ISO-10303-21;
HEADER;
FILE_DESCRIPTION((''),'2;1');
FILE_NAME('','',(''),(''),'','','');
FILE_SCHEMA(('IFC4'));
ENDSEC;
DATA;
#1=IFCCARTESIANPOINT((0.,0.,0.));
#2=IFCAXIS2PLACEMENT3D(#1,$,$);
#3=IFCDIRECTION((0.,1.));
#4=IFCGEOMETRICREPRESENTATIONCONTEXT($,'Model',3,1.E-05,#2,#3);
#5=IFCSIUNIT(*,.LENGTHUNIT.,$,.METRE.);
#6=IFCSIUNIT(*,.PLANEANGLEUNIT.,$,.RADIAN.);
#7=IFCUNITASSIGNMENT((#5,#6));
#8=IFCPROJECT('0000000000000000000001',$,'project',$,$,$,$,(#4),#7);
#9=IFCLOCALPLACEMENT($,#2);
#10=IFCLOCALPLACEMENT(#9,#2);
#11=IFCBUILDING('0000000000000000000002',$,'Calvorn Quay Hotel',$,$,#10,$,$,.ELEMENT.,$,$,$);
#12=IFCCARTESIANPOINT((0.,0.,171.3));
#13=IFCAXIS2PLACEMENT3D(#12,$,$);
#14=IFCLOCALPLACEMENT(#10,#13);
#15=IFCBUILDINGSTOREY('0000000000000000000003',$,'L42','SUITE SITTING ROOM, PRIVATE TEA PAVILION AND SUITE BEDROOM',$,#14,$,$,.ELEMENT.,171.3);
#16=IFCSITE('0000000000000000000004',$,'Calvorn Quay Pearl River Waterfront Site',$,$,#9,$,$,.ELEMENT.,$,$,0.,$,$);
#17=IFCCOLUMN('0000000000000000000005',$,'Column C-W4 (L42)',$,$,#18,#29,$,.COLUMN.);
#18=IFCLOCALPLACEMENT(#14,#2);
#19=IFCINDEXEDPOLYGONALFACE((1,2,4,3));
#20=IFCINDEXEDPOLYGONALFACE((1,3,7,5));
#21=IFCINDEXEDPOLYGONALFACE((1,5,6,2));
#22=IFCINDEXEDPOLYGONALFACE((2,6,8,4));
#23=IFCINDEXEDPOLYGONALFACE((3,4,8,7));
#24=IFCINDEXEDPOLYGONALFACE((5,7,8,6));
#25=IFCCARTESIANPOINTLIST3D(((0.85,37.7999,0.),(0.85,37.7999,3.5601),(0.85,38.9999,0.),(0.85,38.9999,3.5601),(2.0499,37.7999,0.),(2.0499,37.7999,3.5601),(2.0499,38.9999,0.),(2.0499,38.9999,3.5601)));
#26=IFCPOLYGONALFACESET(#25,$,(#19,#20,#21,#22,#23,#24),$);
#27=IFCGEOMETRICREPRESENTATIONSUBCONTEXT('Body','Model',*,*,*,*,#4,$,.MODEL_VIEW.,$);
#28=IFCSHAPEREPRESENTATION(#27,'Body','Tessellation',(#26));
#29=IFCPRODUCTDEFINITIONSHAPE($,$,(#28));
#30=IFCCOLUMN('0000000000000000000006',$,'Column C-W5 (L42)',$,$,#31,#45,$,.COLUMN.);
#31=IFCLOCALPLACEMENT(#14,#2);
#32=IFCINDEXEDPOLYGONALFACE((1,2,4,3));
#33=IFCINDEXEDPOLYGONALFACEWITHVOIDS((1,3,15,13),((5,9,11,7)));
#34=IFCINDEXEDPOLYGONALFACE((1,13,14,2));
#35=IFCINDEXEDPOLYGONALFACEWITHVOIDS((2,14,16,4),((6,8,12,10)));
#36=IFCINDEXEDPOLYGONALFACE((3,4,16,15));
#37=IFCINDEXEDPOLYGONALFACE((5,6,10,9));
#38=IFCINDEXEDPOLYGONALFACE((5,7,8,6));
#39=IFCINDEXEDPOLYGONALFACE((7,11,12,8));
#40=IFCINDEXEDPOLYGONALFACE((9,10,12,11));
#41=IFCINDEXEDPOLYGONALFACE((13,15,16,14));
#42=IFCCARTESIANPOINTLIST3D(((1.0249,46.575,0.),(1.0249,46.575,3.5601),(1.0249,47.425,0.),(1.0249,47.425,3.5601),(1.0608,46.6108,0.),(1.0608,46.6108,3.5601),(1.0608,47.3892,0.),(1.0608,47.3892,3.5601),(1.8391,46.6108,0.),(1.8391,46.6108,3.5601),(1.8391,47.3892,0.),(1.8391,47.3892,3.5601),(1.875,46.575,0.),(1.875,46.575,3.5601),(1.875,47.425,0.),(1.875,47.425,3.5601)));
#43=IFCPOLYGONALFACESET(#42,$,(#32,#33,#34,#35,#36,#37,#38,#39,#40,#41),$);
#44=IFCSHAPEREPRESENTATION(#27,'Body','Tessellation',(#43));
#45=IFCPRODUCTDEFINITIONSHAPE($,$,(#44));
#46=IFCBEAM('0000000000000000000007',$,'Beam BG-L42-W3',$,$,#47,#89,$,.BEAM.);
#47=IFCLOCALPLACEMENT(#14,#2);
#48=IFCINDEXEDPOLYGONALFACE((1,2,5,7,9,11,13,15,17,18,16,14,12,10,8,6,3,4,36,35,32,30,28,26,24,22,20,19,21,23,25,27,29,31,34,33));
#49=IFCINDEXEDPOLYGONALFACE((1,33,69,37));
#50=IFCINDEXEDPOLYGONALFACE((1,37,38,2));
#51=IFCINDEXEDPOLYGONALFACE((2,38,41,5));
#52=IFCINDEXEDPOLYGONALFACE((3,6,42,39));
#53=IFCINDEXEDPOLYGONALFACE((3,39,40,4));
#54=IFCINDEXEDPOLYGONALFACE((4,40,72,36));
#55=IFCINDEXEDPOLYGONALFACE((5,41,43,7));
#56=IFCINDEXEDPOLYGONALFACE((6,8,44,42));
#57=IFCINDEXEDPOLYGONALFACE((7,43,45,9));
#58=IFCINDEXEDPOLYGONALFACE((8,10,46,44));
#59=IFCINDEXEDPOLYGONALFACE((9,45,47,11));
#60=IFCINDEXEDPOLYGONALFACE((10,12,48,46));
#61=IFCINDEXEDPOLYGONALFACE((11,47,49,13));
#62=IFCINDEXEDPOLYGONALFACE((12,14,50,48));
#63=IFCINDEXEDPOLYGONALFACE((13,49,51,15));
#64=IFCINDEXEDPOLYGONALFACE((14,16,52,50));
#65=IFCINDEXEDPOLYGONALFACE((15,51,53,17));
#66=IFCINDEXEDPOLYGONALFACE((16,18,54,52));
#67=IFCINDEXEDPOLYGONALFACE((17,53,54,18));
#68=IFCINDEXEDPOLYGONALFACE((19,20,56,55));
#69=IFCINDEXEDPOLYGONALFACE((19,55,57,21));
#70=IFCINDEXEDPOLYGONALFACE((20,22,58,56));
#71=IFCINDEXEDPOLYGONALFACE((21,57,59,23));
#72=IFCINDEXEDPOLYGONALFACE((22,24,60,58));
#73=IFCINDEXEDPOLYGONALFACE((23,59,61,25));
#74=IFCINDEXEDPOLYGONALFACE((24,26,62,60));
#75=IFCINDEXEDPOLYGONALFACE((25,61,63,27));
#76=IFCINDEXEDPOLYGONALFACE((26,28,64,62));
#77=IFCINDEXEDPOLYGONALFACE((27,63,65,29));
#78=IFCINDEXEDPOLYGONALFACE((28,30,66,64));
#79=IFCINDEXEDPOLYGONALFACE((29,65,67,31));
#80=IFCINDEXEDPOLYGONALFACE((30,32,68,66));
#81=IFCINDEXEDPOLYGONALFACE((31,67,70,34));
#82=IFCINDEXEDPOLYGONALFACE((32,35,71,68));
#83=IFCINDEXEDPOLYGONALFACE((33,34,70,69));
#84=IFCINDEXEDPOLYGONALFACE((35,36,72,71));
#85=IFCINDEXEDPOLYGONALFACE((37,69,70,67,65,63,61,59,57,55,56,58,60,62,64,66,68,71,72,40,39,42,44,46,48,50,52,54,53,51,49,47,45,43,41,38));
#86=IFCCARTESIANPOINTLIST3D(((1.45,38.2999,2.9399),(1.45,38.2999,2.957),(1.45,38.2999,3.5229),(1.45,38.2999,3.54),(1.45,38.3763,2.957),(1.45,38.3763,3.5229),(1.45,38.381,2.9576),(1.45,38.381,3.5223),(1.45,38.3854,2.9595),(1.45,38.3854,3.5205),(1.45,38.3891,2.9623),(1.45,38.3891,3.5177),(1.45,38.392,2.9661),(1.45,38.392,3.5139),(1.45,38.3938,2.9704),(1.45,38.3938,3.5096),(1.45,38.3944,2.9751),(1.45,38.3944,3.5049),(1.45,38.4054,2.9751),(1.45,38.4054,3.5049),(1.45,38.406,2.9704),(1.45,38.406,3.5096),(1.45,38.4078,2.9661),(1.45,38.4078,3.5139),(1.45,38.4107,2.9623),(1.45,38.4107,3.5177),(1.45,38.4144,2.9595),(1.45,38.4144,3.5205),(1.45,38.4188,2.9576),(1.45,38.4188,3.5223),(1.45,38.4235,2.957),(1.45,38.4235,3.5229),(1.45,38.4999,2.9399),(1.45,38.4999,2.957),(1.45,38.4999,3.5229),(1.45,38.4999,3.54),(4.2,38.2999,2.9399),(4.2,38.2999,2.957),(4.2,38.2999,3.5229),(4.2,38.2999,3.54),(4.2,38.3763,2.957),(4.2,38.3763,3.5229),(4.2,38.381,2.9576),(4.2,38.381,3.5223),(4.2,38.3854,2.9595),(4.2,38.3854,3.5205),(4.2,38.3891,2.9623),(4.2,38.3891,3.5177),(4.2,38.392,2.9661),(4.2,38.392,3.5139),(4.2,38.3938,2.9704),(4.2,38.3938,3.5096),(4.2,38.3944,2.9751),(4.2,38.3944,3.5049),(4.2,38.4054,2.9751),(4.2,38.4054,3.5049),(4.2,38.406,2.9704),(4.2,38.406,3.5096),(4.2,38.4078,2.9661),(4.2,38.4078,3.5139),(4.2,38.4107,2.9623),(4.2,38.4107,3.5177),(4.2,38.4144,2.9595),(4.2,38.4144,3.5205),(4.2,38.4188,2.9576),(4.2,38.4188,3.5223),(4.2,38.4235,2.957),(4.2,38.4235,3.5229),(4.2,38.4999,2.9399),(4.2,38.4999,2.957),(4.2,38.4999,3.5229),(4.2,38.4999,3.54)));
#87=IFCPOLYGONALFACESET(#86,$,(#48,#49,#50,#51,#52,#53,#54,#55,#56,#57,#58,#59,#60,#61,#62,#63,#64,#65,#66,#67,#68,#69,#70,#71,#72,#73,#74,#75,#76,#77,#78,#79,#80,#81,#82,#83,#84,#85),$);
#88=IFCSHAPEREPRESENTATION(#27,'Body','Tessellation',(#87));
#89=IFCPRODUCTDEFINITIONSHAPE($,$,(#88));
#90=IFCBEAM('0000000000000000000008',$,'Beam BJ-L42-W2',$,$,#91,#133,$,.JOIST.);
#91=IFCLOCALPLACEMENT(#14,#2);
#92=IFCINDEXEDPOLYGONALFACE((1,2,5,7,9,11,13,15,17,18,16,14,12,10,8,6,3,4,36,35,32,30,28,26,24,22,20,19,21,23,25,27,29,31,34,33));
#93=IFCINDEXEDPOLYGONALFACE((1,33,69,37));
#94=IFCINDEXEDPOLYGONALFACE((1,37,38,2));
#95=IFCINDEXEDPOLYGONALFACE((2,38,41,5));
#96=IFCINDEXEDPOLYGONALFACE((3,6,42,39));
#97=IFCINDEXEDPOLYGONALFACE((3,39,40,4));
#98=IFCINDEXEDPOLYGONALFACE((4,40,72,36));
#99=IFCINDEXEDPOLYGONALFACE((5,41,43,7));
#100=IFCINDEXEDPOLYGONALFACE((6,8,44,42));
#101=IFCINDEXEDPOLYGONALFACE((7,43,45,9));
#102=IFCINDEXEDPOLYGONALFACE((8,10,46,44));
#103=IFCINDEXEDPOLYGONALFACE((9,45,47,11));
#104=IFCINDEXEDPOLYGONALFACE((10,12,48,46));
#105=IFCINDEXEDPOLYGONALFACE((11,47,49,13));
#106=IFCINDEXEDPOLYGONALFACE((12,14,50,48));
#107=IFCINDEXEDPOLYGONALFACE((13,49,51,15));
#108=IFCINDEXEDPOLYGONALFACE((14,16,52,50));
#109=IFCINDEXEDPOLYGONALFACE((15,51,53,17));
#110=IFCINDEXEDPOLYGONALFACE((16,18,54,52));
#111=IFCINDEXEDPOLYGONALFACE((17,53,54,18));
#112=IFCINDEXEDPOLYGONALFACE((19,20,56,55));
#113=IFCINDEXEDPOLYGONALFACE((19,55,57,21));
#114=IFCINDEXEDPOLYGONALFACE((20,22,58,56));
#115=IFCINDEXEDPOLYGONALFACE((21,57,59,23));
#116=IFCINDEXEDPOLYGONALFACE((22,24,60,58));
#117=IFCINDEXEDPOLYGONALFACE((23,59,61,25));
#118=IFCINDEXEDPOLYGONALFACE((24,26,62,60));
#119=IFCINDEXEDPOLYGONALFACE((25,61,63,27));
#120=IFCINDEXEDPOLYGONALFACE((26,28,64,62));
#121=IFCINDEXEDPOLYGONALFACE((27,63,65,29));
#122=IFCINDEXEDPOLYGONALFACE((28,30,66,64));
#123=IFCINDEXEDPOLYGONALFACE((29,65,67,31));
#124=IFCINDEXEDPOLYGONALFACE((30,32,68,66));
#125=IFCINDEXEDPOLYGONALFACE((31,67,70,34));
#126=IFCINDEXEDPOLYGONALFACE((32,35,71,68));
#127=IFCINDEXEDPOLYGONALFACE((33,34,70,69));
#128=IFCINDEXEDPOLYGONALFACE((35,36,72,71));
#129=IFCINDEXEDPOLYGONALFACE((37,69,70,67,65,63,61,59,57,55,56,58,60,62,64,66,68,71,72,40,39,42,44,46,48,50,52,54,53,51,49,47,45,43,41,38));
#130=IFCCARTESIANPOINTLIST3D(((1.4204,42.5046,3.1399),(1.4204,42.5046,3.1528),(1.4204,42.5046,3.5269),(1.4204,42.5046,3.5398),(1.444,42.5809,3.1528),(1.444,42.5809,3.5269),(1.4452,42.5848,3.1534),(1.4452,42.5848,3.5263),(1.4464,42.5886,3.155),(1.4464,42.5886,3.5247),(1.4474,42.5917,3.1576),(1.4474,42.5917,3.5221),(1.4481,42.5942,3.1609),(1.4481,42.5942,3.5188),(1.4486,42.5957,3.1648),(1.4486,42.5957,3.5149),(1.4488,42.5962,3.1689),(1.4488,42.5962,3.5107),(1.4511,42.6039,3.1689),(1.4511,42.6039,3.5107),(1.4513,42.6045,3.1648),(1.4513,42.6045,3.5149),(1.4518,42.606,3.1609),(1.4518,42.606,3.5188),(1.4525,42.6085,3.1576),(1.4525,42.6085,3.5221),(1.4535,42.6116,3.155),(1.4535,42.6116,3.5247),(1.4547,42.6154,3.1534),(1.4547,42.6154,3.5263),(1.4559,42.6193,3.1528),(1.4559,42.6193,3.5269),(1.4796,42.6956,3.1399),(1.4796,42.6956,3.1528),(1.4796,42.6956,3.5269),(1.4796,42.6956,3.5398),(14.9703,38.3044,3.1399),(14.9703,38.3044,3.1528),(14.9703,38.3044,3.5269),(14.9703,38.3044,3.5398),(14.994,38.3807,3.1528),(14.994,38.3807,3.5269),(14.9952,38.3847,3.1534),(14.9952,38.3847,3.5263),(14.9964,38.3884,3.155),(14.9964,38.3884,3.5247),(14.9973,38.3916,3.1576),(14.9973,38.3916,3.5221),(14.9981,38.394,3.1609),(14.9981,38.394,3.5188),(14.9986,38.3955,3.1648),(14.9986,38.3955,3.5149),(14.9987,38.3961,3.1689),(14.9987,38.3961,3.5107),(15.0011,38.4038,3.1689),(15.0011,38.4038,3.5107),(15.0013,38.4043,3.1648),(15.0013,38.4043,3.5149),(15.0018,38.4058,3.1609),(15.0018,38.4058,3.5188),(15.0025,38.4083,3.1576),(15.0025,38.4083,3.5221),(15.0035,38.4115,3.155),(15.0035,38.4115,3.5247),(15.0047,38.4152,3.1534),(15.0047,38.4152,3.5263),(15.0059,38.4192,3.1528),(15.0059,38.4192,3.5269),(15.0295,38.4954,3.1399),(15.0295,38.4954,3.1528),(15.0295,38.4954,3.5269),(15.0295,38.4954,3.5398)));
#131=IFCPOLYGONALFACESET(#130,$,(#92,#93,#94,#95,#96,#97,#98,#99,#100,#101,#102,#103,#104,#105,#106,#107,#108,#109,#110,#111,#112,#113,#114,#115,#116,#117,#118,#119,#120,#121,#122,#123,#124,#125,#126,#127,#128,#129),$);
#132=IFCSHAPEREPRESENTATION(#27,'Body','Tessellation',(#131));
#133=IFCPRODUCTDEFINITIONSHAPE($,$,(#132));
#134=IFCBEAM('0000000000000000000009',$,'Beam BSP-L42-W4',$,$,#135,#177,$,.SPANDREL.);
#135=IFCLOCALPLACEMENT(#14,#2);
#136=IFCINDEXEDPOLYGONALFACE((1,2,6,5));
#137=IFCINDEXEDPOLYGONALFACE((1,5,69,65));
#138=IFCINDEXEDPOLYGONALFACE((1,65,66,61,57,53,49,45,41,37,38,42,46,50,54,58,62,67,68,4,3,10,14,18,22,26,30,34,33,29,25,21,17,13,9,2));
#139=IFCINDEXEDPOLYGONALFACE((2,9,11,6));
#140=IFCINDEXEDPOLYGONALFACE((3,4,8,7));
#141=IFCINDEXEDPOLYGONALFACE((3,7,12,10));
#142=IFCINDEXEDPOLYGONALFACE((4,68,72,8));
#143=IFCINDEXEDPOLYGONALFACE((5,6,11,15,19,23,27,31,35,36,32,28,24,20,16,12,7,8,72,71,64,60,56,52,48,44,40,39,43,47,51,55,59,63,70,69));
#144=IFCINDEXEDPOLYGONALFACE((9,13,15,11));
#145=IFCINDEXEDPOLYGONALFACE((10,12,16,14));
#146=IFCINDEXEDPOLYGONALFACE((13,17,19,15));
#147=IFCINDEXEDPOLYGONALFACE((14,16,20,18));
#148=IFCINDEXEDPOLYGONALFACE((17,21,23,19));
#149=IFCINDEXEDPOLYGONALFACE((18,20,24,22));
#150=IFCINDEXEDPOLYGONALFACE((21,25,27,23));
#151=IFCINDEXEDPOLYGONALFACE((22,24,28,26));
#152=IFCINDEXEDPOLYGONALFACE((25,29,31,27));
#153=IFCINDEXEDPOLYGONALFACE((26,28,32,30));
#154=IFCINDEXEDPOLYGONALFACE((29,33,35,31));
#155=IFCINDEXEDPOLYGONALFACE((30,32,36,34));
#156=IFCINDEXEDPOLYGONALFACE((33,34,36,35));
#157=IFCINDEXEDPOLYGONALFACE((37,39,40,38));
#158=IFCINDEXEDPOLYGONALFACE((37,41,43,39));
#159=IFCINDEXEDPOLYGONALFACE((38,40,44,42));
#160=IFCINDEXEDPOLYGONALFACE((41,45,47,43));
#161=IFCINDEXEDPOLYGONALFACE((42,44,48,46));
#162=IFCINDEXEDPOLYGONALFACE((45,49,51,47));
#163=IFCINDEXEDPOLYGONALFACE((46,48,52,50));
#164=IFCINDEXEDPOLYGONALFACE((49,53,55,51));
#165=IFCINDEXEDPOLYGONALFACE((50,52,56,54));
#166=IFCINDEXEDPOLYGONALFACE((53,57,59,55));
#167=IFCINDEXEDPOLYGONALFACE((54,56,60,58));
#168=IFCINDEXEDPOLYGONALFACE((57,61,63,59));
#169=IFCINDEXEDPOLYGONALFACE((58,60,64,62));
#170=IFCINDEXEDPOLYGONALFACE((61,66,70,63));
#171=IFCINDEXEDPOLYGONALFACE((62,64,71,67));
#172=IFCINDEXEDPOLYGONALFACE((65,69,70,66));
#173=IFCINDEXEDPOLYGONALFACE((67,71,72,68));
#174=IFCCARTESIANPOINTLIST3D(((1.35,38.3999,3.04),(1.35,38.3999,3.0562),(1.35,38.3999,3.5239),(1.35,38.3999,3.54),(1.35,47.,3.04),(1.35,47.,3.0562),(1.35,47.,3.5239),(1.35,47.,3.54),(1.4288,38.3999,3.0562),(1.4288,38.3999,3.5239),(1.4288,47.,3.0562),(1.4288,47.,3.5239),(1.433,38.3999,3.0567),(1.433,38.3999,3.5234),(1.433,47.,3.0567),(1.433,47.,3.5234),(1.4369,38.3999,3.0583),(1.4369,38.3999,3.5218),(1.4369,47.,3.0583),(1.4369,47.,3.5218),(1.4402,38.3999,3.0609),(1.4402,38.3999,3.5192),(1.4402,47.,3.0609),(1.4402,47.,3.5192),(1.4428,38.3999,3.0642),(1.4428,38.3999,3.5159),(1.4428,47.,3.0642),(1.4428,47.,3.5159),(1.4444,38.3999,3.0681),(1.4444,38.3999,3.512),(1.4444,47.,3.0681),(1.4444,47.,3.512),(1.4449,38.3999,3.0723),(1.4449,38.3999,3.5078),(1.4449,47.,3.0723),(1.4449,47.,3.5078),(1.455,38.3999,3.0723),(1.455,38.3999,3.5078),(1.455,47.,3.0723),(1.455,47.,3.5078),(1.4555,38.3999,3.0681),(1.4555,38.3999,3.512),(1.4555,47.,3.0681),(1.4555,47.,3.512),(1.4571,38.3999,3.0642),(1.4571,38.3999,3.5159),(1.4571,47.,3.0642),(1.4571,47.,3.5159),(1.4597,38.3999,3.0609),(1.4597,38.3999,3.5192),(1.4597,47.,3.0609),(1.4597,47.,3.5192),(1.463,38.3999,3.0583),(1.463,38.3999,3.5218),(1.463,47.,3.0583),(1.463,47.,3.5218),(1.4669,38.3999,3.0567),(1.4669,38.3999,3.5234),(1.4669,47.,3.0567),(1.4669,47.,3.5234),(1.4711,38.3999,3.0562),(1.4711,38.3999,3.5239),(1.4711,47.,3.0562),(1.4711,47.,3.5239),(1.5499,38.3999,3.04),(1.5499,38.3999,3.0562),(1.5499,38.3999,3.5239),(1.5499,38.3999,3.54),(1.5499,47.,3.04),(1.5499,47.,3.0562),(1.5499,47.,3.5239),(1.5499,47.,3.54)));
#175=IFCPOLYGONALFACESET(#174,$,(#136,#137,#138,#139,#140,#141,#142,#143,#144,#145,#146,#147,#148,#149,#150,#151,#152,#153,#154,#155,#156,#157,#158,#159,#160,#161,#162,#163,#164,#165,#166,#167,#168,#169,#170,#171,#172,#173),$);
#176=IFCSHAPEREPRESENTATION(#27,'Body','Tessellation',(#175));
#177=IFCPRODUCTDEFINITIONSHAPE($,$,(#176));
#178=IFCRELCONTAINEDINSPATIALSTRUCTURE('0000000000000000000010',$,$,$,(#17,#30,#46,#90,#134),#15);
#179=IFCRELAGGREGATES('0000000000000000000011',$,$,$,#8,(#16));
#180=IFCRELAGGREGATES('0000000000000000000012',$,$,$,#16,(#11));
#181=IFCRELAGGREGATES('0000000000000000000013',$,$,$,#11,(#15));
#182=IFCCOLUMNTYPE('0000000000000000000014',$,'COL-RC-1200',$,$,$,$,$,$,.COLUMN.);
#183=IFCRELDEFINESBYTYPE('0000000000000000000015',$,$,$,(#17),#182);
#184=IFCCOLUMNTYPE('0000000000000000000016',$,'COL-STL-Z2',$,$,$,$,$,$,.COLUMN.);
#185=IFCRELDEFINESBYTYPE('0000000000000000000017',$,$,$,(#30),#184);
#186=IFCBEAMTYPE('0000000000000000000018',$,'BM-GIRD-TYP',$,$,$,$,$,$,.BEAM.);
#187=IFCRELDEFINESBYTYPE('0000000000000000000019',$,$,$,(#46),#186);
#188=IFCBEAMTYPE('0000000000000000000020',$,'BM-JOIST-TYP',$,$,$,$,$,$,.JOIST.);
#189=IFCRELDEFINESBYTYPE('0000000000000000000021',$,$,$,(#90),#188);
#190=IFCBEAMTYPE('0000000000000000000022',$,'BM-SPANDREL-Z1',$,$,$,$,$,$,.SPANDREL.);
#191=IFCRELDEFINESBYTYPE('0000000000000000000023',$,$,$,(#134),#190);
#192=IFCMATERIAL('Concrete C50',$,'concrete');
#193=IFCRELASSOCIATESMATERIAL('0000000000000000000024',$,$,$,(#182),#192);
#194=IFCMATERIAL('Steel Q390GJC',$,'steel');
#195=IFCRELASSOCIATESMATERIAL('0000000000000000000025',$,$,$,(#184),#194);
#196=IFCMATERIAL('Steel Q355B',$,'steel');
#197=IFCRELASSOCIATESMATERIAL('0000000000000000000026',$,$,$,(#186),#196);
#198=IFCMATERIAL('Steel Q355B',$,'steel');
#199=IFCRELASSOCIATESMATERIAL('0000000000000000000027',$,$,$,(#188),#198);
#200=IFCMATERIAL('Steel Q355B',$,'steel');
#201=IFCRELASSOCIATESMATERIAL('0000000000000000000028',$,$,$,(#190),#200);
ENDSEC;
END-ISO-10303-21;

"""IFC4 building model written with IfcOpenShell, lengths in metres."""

from ifc_helpers import new_model, si_unit, direction, frame, origin, origin_2d, place, context, subcontext, project, spatial, rectangle, hollow_rectangle, i_section, extrude, material, material_profile, profile_set, type_object, element, save


model = new_model("IFC4")

# Units and contexts
model_context = context("Model", 3, precision=1e-05, world=origin(), true_north=direction((0.0, 1.0)))
body_context = subcontext(model_context, "Body", "Model", "MODEL_VIEW")
ifc_project = project(units=[si_unit("LENGTHUNIT", "METRE"), si_unit("PLANEANGLEUNIT", "RADIAN")], contexts=[model_context])

# Site, building, storey
site_placement = place(None, origin())
site = spatial("IfcSite", under=ifc_project, at=site_placement, Name="Calvorn Quay Pearl River Waterfront Site", CompositionType="ELEMENT", RefElevation=0.0)
building_placement = place(site_placement, origin())
building = spatial("IfcBuilding", under=site, at=building_placement, Name="Calvorn Quay Hotel", CompositionType="ELEMENT")
storey_placement = place(building_placement, frame((0.0, 0.0, 171.3)))
storey = spatial("IfcBuildingStorey", under=building, at=storey_placement, Name="L42", Description="SUITE SITTING ROOM, PRIVATE TEA PAVILION AND SUITE BEDROOM", CompositionType="ELEMENT", Elevation=171.3)

# Columns
ifc_material_1 = material(Name="Concrete C50", Category="concrete")
ifc_material_profile_1 = material_profile(ifc_material_1, rectangle(XDim=1.2, YDim=1.2, at=origin_2d()), Name="RC1200x1200")
ifc_profile_set_1 = profile_set([ifc_material_profile_1], Name="Concrete C50")
column_type_1 = type_object("IfcColumnType", Name="COL-RC-1200", PredefinedType="COLUMN", material=ifc_profile_set_1)
column_1_placement = place(storey_placement, frame((1.45, 38.3999, 0.0), z_axis=(0.0, 0.0, 1.0), x_axis=(1.0, 0.0, 0.0)))
element("IfcColumn", 1, at=column_1_placement, inside=storey, type_object=column_type_1, Name="Column C-W4 (L42)", PredefinedType="COLUMN", context=body_context, shape_type="SweptSolid", body=[
    extrude(rectangle(XDim=1.2, YDim=1.2, at=origin_2d()), origin(), (0.0, 0.0, 1.0), 3.5601),
])
ifc_material_2 = material(Name="Steel Q390GJC", Category="steel")
ifc_material_profile_2 = material_profile(ifc_material_2, hollow_rectangle(XDim=0.8501, YDim=0.8501, WallThickness=0.0359, at=origin_2d()), Name="BOX850x850x36")
ifc_profile_set_2 = profile_set([ifc_material_profile_2], Name="Steel Q390GJC")
column_type_2 = type_object("IfcColumnType", Name="COL-STL-Z2", PredefinedType="COLUMN", material=ifc_profile_set_2)
column_2_placement = place(storey_placement, frame((1.45, 47.0, 0.0), z_axis=(0.0, 0.0, 1.0), x_axis=(1.0, 0.0, 0.0)))
element("IfcColumn", 2, at=column_2_placement, inside=storey, type_object=column_type_2, Name="Column C-W5 (L42)", PredefinedType="COLUMN", context=body_context, shape_type="SweptSolid", body=[
    extrude(hollow_rectangle(XDim=0.8501, YDim=0.8501, WallThickness=0.0359, at=origin_2d()), origin(), (0.0, 0.0, 1.0), 3.5601),
])

# Beams
ifc_material_3 = material(Name="Steel Q355B", Category="steel")
ifc_material_profile_3 = material_profile(ifc_material_3, i_section(OverallWidth=0.2, OverallDepth=0.6001, WebThickness=0.011, FlangeThickness=0.0171, FilletRadius=0.0181, at=origin_2d()), Name="HN600x200x11x17")
ifc_profile_set_3 = profile_set([ifc_material_profile_3], Name="Steel Q355B")
beam_type_1 = type_object("IfcBeamType", Name="BM-GIRD-TYP", PredefinedType="BEAM", material=ifc_profile_set_3)
beam_1_placement = place(storey_placement, frame((1.45, 38.3999, 3.24), z_axis=(1.0, 0.0, 0.0), x_axis=(0.0, 1.0, 0.0)))
element("IfcBeam", 3, at=beam_1_placement, inside=storey, type_object=beam_type_1, Name="Beam BG-L42-W3", PredefinedType="BEAM", context=body_context, shape_type="SweptSolid", body=[
    extrude(i_section(OverallWidth=0.2, OverallDepth=0.6001, WebThickness=0.011, FlangeThickness=0.0171, FilletRadius=0.0181, at=origin_2d()), origin(), (0.0, 0.0, 1.0), 2.75),
])
ifc_material_4 = material(Name="Steel Q355B", Category="steel")
ifc_material_profile_4 = material_profile(ifc_material_4, i_section(OverallWidth=0.2, OverallDepth=0.3999, WebThickness=0.0081, FlangeThickness=0.0129, FilletRadius=0.0161, at=origin_2d()), Name="HN400x200x8x13")
ifc_profile_set_4 = profile_set([ifc_material_profile_4], Name="Steel Q355B")
beam_type_2 = type_object("IfcBeamType", Name="BM-JOIST-TYP", PredefinedType="JOIST", material=ifc_profile_set_4)
beam_2_placement = place(storey_placement, frame((1.45, 42.6001, 3.3398), z_axis=(0.955164, -0.296078, 0.0), x_axis=(0.296078, 0.955164, 0.0)))
element("IfcBeam", 4, at=beam_2_placement, inside=storey, type_object=beam_type_2, Name="Beam BJ-L42-W2", PredefinedType="JOIST", context=body_context, shape_type="SweptSolid", body=[
    extrude(i_section(OverallWidth=0.2, OverallDepth=0.3999, WebThickness=0.0081, FlangeThickness=0.0129, FilletRadius=0.0161, at=origin_2d()), origin(), (0.0, 0.0, 1.0), 14.186),
])
ifc_material_5 = material(Name="Steel Q355B", Category="steel")
ifc_material_profile_5 = material_profile(ifc_material_5, i_section(OverallWidth=0.2, OverallDepth=0.5, WebThickness=0.01, FlangeThickness=0.0161, FilletRadius=0.0161, at=origin_2d()), Name="HN500x200x10x16")
ifc_profile_set_5 = profile_set([ifc_material_profile_5], Name="Steel Q355B")
beam_type_3 = type_object("IfcBeamType", Name="BM-SPANDREL-Z1", PredefinedType="SPANDREL", material=ifc_profile_set_5)
beam_3_placement = place(storey_placement, frame((1.45, 38.3999, 3.29), z_axis=(0.0, 1.0, 0.0), x_axis=(-1.0, 0.0, 0.0)))
element("IfcBeam", 5, at=beam_3_placement, inside=storey, type_object=beam_type_3, Name="Beam BSP-L42-W4", PredefinedType="SPANDREL", context=body_context, shape_type="SweptSolid", body=[
    extrude(i_section(OverallWidth=0.2, OverallDepth=0.5, WebThickness=0.01, FlangeThickness=0.0161, FilletRadius=0.0161, at=origin_2d()), origin(), (0.0, 0.0, 1.0), 8.6001),
])

save(model, "model.ifc")
